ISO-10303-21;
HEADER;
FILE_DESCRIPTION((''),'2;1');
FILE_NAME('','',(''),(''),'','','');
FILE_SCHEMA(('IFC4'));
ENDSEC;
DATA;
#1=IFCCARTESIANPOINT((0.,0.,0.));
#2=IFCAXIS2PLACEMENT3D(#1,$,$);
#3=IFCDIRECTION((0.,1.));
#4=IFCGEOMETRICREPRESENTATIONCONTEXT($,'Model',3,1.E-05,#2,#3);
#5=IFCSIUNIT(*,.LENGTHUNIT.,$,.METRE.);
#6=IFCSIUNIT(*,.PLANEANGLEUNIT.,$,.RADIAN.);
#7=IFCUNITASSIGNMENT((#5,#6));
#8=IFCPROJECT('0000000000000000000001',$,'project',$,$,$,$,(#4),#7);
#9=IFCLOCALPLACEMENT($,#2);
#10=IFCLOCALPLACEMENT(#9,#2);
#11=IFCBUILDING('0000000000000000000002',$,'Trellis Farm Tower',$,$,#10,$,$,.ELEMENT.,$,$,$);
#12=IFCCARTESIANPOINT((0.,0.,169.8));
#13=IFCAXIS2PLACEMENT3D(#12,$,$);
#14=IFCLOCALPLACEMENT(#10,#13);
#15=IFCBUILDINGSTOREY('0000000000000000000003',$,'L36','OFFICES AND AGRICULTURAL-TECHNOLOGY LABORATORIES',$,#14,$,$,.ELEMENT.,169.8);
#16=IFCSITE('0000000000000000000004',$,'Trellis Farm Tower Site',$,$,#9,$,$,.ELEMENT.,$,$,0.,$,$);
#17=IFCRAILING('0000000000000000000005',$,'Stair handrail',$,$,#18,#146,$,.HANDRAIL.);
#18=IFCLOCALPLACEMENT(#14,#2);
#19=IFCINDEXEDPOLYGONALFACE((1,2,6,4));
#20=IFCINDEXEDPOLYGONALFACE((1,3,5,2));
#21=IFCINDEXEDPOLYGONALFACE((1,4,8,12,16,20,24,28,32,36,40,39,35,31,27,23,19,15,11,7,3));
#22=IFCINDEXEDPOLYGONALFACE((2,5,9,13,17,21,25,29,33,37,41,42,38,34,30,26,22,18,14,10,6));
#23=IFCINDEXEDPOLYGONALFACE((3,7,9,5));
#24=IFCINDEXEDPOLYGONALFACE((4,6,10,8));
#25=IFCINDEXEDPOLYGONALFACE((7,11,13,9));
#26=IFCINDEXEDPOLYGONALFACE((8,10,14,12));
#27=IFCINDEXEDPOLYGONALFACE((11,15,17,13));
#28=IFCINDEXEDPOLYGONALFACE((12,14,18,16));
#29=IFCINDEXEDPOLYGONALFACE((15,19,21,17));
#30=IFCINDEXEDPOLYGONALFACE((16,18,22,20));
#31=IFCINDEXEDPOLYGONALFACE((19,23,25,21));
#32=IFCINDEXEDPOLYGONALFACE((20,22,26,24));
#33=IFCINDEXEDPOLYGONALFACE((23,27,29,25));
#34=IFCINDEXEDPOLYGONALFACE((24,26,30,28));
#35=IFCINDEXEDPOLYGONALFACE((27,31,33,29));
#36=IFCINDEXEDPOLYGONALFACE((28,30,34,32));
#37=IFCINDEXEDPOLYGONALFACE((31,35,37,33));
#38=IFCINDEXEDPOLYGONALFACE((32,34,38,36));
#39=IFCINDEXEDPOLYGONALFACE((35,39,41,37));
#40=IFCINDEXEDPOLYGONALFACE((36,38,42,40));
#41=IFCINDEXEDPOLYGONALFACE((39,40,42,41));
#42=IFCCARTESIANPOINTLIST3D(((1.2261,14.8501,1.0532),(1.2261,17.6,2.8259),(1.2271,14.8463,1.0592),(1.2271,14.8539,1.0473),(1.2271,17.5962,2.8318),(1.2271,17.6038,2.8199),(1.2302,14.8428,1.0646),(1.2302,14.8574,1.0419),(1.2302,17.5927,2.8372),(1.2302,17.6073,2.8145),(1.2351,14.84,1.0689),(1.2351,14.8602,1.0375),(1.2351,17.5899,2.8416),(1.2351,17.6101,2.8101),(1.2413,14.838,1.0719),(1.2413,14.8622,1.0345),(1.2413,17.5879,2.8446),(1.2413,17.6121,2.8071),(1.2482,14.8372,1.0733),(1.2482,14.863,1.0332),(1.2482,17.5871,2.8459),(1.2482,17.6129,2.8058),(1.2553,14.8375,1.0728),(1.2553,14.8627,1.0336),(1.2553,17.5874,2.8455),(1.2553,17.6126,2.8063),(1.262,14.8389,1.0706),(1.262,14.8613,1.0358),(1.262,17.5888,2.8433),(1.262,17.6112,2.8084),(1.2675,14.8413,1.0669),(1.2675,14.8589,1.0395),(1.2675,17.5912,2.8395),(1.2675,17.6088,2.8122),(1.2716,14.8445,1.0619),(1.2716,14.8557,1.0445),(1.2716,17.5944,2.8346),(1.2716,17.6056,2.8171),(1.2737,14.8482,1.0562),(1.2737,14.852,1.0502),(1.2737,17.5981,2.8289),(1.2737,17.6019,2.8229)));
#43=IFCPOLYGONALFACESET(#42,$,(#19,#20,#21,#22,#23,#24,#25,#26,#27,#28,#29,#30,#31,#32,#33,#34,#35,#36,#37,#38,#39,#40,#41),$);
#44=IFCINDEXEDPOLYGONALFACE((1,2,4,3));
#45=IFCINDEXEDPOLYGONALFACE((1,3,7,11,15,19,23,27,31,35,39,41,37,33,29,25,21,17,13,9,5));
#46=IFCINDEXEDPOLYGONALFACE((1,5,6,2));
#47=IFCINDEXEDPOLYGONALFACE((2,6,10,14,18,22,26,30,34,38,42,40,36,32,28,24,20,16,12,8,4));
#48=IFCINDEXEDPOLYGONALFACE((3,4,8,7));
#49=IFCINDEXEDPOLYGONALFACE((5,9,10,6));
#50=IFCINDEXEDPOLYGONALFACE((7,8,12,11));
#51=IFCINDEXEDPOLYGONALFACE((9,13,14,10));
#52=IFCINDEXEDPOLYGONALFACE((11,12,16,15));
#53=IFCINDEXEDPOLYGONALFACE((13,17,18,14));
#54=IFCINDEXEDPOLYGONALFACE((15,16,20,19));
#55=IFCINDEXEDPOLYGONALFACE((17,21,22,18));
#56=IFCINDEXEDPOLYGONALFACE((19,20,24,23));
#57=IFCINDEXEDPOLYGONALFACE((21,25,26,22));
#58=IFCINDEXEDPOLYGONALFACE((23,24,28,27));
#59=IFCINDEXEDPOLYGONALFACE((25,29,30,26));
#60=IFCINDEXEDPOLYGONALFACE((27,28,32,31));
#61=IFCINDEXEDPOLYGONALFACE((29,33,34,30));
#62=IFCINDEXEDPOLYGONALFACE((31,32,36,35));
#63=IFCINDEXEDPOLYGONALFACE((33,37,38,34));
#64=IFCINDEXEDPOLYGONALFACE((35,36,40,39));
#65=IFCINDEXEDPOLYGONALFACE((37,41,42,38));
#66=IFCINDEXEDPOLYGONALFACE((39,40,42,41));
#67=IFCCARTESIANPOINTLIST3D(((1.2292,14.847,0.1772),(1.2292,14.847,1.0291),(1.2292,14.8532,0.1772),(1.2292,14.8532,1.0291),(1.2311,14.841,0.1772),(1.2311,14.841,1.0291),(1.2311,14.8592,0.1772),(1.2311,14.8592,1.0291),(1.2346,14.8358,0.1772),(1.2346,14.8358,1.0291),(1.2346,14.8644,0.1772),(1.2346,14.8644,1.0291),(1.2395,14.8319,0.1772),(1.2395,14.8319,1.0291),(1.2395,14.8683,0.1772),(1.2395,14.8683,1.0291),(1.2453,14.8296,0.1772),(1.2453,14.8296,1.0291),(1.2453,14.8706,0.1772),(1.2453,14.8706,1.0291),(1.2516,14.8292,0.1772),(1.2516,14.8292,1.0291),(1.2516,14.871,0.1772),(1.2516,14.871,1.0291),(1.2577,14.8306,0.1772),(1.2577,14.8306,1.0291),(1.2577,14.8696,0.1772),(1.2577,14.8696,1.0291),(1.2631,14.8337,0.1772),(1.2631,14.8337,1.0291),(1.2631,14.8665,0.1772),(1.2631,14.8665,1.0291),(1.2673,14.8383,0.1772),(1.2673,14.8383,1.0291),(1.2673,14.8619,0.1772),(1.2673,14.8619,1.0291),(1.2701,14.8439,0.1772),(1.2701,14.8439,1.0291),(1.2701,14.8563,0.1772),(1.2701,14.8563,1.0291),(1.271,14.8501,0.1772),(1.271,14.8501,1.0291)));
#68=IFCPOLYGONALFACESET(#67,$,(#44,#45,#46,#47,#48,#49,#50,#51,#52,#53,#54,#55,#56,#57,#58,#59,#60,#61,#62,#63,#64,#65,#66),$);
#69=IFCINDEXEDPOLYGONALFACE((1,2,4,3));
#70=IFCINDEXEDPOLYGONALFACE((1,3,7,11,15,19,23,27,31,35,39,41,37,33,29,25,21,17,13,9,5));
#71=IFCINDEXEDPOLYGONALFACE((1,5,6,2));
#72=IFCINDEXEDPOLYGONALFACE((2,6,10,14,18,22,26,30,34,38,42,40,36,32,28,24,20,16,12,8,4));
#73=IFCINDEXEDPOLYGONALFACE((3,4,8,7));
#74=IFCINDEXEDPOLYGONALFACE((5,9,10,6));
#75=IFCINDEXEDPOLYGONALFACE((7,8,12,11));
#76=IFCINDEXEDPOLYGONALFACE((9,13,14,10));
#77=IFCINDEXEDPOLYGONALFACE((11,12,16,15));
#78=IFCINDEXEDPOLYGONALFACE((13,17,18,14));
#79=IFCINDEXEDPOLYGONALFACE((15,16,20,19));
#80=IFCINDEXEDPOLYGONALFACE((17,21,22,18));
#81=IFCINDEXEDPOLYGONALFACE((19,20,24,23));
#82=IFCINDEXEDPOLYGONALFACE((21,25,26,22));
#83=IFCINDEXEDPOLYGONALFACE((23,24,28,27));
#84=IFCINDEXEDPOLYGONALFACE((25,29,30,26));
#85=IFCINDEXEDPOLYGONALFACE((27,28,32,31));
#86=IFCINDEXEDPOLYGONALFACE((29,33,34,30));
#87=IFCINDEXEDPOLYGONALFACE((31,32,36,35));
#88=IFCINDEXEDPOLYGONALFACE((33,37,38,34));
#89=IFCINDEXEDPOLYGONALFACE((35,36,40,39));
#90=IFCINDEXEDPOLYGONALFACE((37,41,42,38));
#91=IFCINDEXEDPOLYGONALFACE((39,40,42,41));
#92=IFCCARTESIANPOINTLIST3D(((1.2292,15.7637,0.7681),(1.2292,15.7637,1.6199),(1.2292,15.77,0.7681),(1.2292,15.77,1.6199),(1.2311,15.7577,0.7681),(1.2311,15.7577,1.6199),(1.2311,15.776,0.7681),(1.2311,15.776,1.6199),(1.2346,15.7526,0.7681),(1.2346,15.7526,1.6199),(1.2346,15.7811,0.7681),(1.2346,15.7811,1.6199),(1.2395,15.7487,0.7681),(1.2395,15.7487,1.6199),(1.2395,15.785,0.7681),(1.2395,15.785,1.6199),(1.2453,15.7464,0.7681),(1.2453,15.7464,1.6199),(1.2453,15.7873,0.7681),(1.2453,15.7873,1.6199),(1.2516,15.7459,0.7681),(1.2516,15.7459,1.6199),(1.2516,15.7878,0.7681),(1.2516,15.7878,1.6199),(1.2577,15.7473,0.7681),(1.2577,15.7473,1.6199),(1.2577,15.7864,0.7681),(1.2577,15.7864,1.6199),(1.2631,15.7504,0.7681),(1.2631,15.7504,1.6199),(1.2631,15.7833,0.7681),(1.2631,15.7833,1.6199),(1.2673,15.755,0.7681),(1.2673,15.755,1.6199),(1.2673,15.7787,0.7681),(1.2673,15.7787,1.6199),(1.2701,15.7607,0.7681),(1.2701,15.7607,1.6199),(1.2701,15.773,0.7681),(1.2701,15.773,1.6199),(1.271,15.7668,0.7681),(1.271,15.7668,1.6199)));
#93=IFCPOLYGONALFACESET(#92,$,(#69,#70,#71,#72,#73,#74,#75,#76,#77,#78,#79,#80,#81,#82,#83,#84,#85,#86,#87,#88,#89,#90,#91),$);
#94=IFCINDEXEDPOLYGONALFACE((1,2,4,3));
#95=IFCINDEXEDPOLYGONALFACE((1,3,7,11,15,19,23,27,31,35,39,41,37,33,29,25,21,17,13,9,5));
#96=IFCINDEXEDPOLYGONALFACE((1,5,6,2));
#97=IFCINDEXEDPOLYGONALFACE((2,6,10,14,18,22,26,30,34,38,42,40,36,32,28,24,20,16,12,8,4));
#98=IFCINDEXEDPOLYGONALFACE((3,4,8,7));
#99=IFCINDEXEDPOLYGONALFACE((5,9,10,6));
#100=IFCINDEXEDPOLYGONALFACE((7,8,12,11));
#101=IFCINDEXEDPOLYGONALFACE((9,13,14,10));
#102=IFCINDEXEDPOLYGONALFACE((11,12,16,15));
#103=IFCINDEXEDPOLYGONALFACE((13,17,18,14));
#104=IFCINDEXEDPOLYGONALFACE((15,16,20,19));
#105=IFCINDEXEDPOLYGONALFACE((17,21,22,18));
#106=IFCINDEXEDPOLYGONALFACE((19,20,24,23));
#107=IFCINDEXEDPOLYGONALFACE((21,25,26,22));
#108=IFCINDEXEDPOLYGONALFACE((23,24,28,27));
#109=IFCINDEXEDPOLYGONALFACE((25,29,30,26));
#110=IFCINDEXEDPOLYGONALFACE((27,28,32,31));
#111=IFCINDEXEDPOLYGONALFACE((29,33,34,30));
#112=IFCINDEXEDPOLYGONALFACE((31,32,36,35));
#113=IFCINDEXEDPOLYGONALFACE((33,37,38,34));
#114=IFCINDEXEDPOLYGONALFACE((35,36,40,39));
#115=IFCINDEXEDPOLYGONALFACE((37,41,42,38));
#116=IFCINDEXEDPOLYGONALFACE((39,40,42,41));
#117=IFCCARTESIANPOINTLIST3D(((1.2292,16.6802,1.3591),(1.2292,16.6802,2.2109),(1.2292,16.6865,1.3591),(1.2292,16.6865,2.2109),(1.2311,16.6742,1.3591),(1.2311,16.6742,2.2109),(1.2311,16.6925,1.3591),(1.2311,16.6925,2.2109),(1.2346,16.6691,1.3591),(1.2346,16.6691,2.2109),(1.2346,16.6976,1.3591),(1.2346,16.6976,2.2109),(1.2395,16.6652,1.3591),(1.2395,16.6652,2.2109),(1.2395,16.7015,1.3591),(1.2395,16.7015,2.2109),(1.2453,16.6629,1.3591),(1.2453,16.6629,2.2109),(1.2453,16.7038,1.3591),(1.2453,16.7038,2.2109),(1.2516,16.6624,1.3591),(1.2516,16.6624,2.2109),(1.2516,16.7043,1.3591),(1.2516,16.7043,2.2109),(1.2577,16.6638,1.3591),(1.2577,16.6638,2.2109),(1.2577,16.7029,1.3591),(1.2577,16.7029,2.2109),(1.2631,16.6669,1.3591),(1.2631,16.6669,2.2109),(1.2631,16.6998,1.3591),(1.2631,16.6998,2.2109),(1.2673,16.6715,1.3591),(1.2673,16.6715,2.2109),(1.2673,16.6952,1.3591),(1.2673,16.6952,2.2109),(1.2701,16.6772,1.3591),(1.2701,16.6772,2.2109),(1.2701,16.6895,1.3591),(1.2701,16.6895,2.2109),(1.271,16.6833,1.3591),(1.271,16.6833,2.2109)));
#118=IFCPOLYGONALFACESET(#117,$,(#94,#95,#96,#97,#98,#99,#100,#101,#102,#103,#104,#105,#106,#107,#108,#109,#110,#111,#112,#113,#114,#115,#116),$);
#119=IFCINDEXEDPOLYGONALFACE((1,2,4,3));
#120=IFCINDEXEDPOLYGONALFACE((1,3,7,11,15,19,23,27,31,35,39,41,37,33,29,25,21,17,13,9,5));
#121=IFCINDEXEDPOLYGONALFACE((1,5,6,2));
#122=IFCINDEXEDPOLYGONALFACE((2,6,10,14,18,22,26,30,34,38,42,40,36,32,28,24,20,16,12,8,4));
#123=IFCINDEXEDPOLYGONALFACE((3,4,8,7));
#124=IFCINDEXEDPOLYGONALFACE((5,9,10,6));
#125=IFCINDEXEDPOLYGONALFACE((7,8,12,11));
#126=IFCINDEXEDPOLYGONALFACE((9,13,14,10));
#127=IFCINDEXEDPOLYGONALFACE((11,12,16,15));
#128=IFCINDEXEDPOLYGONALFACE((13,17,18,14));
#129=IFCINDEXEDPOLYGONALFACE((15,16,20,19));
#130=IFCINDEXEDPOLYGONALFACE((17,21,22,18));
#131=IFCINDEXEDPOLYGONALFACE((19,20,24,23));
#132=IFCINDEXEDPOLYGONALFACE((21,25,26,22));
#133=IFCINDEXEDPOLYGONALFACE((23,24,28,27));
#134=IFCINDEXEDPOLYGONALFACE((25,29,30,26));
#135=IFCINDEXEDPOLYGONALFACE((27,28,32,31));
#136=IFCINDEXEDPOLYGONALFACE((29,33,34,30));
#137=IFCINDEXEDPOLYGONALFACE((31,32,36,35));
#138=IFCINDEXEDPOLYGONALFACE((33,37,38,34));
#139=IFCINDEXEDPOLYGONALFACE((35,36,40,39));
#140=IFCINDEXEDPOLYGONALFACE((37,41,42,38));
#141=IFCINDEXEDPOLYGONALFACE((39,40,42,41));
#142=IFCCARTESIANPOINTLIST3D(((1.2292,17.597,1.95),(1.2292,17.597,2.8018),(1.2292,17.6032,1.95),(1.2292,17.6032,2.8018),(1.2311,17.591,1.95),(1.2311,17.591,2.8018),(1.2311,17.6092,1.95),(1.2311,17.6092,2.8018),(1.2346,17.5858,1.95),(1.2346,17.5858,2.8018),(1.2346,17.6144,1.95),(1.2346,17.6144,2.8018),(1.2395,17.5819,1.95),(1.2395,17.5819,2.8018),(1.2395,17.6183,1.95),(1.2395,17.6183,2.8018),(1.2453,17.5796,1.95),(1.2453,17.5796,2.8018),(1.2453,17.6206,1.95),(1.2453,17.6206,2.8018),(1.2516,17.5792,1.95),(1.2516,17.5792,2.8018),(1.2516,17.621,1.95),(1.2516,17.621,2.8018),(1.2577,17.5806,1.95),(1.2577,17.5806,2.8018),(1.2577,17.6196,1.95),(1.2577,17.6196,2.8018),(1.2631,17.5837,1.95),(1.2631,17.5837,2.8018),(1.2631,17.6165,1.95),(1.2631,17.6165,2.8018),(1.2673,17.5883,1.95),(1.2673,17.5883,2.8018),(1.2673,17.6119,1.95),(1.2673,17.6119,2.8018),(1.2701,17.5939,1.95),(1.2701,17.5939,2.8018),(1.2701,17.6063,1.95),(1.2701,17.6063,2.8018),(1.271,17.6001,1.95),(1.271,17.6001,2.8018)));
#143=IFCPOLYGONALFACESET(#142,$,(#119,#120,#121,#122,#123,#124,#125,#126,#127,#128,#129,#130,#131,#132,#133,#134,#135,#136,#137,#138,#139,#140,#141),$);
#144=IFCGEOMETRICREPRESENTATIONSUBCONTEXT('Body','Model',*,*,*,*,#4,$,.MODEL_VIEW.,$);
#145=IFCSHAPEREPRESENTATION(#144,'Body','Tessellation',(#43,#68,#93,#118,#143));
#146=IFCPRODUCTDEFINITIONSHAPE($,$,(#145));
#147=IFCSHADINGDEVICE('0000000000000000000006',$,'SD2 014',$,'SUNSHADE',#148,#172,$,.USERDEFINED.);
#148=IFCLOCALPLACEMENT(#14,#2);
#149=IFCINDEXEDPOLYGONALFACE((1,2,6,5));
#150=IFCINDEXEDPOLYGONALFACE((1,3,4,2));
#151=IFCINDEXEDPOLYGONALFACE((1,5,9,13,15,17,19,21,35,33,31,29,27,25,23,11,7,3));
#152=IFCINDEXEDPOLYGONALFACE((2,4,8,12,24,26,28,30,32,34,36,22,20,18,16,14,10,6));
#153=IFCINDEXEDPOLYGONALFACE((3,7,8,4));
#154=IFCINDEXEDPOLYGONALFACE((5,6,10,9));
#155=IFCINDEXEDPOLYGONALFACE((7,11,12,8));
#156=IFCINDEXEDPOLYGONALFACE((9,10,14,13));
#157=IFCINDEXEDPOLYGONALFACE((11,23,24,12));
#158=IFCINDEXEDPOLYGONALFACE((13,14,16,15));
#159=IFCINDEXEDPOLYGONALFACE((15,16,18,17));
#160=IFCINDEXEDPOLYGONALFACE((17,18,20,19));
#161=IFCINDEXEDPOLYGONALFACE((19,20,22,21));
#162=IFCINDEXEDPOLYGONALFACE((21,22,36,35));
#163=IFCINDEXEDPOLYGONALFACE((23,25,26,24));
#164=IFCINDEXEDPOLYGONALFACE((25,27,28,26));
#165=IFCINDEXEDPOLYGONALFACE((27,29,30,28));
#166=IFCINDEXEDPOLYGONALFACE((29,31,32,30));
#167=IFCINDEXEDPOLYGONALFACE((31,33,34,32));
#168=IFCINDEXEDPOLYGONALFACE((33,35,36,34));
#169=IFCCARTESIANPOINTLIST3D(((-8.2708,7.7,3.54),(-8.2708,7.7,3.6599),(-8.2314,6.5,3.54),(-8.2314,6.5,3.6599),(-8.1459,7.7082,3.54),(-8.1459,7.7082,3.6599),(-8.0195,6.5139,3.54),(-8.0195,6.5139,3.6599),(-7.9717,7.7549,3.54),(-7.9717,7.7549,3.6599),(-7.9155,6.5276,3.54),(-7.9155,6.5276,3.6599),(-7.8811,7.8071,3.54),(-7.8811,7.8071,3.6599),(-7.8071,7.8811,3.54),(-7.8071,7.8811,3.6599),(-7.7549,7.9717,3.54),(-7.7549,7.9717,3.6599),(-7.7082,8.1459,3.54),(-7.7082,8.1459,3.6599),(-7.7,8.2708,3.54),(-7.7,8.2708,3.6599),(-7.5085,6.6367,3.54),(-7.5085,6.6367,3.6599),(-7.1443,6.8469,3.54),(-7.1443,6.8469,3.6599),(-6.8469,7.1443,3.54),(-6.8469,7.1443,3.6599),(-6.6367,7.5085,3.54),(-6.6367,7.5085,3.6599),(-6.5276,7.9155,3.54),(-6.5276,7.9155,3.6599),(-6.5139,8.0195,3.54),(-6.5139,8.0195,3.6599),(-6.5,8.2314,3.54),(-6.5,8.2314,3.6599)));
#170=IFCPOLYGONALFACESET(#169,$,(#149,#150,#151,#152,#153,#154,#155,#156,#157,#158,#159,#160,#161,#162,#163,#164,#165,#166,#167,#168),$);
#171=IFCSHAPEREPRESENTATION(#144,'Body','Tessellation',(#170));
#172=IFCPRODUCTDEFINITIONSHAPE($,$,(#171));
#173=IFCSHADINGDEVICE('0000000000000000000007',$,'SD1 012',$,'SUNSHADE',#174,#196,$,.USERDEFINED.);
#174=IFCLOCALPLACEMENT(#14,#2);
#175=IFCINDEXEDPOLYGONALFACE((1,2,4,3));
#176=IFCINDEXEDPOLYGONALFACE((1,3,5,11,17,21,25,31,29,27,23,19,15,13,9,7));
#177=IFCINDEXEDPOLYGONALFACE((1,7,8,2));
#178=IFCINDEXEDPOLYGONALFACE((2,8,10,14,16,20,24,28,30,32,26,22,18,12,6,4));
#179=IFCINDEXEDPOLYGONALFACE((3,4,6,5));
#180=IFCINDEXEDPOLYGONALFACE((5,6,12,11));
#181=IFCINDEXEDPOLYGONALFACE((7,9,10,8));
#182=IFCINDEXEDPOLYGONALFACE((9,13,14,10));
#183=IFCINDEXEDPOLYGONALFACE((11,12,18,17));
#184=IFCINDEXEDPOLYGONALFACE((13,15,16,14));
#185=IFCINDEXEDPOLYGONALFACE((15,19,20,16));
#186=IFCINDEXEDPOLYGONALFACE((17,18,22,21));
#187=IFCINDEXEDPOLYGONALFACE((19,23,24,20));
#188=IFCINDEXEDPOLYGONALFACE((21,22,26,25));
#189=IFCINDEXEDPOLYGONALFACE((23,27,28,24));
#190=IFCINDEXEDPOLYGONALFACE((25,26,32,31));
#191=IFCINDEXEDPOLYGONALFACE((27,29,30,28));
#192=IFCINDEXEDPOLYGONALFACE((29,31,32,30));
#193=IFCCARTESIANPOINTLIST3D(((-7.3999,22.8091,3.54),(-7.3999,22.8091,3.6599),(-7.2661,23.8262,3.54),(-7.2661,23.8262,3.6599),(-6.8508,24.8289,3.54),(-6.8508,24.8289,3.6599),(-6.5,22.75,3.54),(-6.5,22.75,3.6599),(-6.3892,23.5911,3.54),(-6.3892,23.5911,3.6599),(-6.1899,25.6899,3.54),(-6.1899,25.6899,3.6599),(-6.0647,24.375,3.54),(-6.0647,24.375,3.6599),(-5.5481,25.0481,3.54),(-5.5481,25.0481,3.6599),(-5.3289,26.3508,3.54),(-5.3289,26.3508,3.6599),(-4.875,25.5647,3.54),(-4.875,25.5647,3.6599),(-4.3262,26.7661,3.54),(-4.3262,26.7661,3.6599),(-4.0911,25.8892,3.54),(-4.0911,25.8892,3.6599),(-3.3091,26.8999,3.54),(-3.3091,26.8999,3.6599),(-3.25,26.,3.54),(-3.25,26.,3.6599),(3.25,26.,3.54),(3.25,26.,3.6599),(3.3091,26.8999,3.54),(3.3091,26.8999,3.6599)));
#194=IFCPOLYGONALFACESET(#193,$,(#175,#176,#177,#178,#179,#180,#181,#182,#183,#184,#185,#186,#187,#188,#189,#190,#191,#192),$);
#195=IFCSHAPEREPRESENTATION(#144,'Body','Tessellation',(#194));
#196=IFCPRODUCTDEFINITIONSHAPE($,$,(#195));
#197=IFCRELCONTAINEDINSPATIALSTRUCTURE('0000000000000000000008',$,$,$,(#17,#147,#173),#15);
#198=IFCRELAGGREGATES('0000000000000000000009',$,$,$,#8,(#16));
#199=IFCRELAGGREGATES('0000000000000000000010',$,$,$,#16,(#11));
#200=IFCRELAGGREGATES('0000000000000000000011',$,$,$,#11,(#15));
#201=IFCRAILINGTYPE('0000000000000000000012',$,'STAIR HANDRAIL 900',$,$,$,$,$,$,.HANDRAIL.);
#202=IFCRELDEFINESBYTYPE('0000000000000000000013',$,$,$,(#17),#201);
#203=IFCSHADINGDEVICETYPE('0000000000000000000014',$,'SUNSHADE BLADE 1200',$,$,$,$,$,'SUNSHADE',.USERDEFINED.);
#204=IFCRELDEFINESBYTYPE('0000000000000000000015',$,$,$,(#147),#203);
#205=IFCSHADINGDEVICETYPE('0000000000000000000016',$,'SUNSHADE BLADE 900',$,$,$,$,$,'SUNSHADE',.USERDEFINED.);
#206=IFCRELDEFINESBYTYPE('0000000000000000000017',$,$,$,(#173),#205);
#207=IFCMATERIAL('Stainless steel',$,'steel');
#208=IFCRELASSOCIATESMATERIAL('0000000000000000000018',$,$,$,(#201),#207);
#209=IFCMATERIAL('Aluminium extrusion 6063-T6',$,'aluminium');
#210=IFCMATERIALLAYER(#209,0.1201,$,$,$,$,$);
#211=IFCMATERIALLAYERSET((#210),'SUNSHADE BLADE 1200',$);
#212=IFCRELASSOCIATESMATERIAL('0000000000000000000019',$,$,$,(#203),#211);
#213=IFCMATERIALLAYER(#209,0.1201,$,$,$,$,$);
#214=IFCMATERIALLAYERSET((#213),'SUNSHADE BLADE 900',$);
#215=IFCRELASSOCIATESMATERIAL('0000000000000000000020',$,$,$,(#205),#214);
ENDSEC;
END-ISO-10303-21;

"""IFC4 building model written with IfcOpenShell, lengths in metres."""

from ifc_helpers import new_model, si_unit, direction, frame, origin, origin_2d, place, context, subcontext, project, spatial, polyline, circle, outline, extrude, source, transform, mapped, material, layer, layer_set, type_object, element, save


model = new_model("IFC4")

# Units and contexts
model_context = context("Model", 3, precision=1e-05, world=origin(), true_north=direction((0.0, 1.0)))
body_context = subcontext(model_context, "Body", "Model", "MODEL_VIEW")
ifc_project = project(units=[si_unit("LENGTHUNIT", "METRE"), si_unit("PLANEANGLEUNIT", "RADIAN")], contexts=[model_context])

# Site, building, storey
site_placement = place(None, origin())
site = spatial("IfcSite", under=ifc_project, at=site_placement, Name="Trellis Farm Tower Site", CompositionType="ELEMENT", RefElevation=0.0)
building_placement = place(site_placement, origin())
building = spatial("IfcBuilding", under=site, at=building_placement, Name="Trellis Farm Tower", CompositionType="ELEMENT")
storey_placement = place(building_placement, frame((0.0, 0.0, 169.8)))
storey = spatial("IfcBuildingStorey", under=building, at=storey_placement, Name="L36", Description="OFFICES AND AGRICULTURAL-TECHNOLOGY LABORATORIES", CompositionType="ELEMENT", Elevation=169.8)

# Shared definitions
ifc_material_1 = material(Name="Aluminium extrusion 6063-T6", Category="aluminium")

# Railing
ifc_material_2 = material(Name="Stainless steel", Category="steel")
railing_type = type_object("IfcRailingType", Name="STAIR HANDRAIL 900", PredefinedType="HANDRAIL", material=ifc_material_2)
shared_shape_1 = source(origin(), body_context, "Body", "SweptSolid", [
    extrude(circle(Radius=0.0239, at=origin_2d()), frame((0.0, 0.0, 0.876), z_axis=(0.0, 0.840504, 0.541806), x_axis=(-1.0, 0.0, 0.0)), (0.0, 0.0, 1.0), 3.2717),
    extrude(circle(Radius=0.021, at=origin_2d()), origin(), (0.0, 0.0, 1.0), 0.8518),
    extrude(circle(Radius=0.021, at=origin_2d()), frame((0.0, 0.9167, 0.5908)), (0.0, 0.0, 1.0), 0.8518),
    extrude(circle(Radius=0.021, at=origin_2d()), frame((0.0, 1.8333, 1.1819)), (0.0, 0.0, 1.0), 0.8518),
    extrude(circle(Radius=0.021, at=origin_2d()), frame((0.0, 2.75, 1.7727)), (0.0, 0.0, 1.0), 0.8518),
])
railing_placement = place(storey_placement, frame((1.25, 14.8501, 0.1772)))
element("IfcRailing", 1, at=railing_placement, inside=storey, type_object=railing_type, Name="Stair handrail", PredefinedType="HANDRAIL", context=body_context, shape_type="MappedRepresentation", body=[
    mapped(shared_shape_1, transform((0.0, 0.0, 0.0))),
])

# Shading devices
ifc_layer_1 = layer(ifc_material_1, 0.1201)
ifc_layer_set_1 = layer_set([ifc_layer_1], Name="SUNSHADE BLADE 1200")
shading_device_type_1 = type_object("IfcShadingDeviceType", Name="SUNSHADE BLADE 1200", ElementType="SUNSHADE", PredefinedType="USERDEFINED", material=ifc_layer_set_1)
shared_shape_2 = source(origin(), body_context, "Body", "SweptSolid", [
    extrude(outline(polyline([(-7.7, 8.2708), (-7.7087, 8.1372), (-7.707, 8.1501), (-7.7549, 7.9717), (-7.8071, 7.8811), (-7.8811, 7.8071), (-7.9717, 7.7549), (-8.1501, 7.707), (-8.1372, 7.7087), (-8.2708, 7.7), (-8.2314, 6.5), (-8.0195, 6.5139), (-7.9155, 6.5276), (-7.5085, 6.6367), (-7.1443, 6.8469), (-6.8469, 7.1443), (-6.6367, 7.5085), (-6.5276, 7.9155), (-6.5139, 8.0195), (-6.5, 8.2314), (-7.7, 8.2708)])), origin(), (0.0, 0.0, 1.0), 0.1199),
])
placement_1 = place(storey_placement, frame((0.0, 0.0, 3.54)))
element("IfcShadingDevice", 2, at=placement_1, inside=storey, type_object=shading_device_type_1, Name="SD2 014", ObjectType="SUNSHADE", PredefinedType="USERDEFINED", context=body_context, shape_type="MappedRepresentation", body=[
    mapped(shared_shape_2, transform((0.0, 0.0, 0.0))),
])
ifc_layer_2 = layer(ifc_material_1, 0.1201)
ifc_layer_set_2 = layer_set([ifc_layer_2], Name="SUNSHADE BLADE 900")
shading_device_type_2 = type_object("IfcShadingDeviceType", Name="SUNSHADE BLADE 900", ElementType="SUNSHADE", PredefinedType="USERDEFINED", material=ifc_layer_set_2)
shared_shape_3 = source(origin(), body_context, "Body", "SweptSolid", [
    extrude(outline(polyline([(3.3091, 26.8999), (-3.3091, 26.8999), (-4.3262, 26.7661), (-5.3289, 26.3508), (-6.1899, 25.6899), (-6.8508, 24.8289), (-7.2661, 23.8262), (-7.3999, 22.8091), (-6.5, 22.75), (-6.3892, 23.5911), (-6.0647, 24.375), (-5.5481, 25.0481), (-4.875, 25.5647), (-4.0911, 25.8892), (-3.25, 26.0), (3.25, 26.0), (3.3091, 26.8999)])), origin(), (0.0, 0.0, 1.0), 0.1199),
])
element("IfcShadingDevice", 3, at=placement_1, inside=storey, type_object=shading_device_type_2, Name="SD1 012", ObjectType="SUNSHADE", PredefinedType="USERDEFINED", context=body_context, shape_type="MappedRepresentation", body=[
    mapped(shared_shape_3, transform((0.0, 0.0, 0.0))),
])

save(model, "model.ifc")
